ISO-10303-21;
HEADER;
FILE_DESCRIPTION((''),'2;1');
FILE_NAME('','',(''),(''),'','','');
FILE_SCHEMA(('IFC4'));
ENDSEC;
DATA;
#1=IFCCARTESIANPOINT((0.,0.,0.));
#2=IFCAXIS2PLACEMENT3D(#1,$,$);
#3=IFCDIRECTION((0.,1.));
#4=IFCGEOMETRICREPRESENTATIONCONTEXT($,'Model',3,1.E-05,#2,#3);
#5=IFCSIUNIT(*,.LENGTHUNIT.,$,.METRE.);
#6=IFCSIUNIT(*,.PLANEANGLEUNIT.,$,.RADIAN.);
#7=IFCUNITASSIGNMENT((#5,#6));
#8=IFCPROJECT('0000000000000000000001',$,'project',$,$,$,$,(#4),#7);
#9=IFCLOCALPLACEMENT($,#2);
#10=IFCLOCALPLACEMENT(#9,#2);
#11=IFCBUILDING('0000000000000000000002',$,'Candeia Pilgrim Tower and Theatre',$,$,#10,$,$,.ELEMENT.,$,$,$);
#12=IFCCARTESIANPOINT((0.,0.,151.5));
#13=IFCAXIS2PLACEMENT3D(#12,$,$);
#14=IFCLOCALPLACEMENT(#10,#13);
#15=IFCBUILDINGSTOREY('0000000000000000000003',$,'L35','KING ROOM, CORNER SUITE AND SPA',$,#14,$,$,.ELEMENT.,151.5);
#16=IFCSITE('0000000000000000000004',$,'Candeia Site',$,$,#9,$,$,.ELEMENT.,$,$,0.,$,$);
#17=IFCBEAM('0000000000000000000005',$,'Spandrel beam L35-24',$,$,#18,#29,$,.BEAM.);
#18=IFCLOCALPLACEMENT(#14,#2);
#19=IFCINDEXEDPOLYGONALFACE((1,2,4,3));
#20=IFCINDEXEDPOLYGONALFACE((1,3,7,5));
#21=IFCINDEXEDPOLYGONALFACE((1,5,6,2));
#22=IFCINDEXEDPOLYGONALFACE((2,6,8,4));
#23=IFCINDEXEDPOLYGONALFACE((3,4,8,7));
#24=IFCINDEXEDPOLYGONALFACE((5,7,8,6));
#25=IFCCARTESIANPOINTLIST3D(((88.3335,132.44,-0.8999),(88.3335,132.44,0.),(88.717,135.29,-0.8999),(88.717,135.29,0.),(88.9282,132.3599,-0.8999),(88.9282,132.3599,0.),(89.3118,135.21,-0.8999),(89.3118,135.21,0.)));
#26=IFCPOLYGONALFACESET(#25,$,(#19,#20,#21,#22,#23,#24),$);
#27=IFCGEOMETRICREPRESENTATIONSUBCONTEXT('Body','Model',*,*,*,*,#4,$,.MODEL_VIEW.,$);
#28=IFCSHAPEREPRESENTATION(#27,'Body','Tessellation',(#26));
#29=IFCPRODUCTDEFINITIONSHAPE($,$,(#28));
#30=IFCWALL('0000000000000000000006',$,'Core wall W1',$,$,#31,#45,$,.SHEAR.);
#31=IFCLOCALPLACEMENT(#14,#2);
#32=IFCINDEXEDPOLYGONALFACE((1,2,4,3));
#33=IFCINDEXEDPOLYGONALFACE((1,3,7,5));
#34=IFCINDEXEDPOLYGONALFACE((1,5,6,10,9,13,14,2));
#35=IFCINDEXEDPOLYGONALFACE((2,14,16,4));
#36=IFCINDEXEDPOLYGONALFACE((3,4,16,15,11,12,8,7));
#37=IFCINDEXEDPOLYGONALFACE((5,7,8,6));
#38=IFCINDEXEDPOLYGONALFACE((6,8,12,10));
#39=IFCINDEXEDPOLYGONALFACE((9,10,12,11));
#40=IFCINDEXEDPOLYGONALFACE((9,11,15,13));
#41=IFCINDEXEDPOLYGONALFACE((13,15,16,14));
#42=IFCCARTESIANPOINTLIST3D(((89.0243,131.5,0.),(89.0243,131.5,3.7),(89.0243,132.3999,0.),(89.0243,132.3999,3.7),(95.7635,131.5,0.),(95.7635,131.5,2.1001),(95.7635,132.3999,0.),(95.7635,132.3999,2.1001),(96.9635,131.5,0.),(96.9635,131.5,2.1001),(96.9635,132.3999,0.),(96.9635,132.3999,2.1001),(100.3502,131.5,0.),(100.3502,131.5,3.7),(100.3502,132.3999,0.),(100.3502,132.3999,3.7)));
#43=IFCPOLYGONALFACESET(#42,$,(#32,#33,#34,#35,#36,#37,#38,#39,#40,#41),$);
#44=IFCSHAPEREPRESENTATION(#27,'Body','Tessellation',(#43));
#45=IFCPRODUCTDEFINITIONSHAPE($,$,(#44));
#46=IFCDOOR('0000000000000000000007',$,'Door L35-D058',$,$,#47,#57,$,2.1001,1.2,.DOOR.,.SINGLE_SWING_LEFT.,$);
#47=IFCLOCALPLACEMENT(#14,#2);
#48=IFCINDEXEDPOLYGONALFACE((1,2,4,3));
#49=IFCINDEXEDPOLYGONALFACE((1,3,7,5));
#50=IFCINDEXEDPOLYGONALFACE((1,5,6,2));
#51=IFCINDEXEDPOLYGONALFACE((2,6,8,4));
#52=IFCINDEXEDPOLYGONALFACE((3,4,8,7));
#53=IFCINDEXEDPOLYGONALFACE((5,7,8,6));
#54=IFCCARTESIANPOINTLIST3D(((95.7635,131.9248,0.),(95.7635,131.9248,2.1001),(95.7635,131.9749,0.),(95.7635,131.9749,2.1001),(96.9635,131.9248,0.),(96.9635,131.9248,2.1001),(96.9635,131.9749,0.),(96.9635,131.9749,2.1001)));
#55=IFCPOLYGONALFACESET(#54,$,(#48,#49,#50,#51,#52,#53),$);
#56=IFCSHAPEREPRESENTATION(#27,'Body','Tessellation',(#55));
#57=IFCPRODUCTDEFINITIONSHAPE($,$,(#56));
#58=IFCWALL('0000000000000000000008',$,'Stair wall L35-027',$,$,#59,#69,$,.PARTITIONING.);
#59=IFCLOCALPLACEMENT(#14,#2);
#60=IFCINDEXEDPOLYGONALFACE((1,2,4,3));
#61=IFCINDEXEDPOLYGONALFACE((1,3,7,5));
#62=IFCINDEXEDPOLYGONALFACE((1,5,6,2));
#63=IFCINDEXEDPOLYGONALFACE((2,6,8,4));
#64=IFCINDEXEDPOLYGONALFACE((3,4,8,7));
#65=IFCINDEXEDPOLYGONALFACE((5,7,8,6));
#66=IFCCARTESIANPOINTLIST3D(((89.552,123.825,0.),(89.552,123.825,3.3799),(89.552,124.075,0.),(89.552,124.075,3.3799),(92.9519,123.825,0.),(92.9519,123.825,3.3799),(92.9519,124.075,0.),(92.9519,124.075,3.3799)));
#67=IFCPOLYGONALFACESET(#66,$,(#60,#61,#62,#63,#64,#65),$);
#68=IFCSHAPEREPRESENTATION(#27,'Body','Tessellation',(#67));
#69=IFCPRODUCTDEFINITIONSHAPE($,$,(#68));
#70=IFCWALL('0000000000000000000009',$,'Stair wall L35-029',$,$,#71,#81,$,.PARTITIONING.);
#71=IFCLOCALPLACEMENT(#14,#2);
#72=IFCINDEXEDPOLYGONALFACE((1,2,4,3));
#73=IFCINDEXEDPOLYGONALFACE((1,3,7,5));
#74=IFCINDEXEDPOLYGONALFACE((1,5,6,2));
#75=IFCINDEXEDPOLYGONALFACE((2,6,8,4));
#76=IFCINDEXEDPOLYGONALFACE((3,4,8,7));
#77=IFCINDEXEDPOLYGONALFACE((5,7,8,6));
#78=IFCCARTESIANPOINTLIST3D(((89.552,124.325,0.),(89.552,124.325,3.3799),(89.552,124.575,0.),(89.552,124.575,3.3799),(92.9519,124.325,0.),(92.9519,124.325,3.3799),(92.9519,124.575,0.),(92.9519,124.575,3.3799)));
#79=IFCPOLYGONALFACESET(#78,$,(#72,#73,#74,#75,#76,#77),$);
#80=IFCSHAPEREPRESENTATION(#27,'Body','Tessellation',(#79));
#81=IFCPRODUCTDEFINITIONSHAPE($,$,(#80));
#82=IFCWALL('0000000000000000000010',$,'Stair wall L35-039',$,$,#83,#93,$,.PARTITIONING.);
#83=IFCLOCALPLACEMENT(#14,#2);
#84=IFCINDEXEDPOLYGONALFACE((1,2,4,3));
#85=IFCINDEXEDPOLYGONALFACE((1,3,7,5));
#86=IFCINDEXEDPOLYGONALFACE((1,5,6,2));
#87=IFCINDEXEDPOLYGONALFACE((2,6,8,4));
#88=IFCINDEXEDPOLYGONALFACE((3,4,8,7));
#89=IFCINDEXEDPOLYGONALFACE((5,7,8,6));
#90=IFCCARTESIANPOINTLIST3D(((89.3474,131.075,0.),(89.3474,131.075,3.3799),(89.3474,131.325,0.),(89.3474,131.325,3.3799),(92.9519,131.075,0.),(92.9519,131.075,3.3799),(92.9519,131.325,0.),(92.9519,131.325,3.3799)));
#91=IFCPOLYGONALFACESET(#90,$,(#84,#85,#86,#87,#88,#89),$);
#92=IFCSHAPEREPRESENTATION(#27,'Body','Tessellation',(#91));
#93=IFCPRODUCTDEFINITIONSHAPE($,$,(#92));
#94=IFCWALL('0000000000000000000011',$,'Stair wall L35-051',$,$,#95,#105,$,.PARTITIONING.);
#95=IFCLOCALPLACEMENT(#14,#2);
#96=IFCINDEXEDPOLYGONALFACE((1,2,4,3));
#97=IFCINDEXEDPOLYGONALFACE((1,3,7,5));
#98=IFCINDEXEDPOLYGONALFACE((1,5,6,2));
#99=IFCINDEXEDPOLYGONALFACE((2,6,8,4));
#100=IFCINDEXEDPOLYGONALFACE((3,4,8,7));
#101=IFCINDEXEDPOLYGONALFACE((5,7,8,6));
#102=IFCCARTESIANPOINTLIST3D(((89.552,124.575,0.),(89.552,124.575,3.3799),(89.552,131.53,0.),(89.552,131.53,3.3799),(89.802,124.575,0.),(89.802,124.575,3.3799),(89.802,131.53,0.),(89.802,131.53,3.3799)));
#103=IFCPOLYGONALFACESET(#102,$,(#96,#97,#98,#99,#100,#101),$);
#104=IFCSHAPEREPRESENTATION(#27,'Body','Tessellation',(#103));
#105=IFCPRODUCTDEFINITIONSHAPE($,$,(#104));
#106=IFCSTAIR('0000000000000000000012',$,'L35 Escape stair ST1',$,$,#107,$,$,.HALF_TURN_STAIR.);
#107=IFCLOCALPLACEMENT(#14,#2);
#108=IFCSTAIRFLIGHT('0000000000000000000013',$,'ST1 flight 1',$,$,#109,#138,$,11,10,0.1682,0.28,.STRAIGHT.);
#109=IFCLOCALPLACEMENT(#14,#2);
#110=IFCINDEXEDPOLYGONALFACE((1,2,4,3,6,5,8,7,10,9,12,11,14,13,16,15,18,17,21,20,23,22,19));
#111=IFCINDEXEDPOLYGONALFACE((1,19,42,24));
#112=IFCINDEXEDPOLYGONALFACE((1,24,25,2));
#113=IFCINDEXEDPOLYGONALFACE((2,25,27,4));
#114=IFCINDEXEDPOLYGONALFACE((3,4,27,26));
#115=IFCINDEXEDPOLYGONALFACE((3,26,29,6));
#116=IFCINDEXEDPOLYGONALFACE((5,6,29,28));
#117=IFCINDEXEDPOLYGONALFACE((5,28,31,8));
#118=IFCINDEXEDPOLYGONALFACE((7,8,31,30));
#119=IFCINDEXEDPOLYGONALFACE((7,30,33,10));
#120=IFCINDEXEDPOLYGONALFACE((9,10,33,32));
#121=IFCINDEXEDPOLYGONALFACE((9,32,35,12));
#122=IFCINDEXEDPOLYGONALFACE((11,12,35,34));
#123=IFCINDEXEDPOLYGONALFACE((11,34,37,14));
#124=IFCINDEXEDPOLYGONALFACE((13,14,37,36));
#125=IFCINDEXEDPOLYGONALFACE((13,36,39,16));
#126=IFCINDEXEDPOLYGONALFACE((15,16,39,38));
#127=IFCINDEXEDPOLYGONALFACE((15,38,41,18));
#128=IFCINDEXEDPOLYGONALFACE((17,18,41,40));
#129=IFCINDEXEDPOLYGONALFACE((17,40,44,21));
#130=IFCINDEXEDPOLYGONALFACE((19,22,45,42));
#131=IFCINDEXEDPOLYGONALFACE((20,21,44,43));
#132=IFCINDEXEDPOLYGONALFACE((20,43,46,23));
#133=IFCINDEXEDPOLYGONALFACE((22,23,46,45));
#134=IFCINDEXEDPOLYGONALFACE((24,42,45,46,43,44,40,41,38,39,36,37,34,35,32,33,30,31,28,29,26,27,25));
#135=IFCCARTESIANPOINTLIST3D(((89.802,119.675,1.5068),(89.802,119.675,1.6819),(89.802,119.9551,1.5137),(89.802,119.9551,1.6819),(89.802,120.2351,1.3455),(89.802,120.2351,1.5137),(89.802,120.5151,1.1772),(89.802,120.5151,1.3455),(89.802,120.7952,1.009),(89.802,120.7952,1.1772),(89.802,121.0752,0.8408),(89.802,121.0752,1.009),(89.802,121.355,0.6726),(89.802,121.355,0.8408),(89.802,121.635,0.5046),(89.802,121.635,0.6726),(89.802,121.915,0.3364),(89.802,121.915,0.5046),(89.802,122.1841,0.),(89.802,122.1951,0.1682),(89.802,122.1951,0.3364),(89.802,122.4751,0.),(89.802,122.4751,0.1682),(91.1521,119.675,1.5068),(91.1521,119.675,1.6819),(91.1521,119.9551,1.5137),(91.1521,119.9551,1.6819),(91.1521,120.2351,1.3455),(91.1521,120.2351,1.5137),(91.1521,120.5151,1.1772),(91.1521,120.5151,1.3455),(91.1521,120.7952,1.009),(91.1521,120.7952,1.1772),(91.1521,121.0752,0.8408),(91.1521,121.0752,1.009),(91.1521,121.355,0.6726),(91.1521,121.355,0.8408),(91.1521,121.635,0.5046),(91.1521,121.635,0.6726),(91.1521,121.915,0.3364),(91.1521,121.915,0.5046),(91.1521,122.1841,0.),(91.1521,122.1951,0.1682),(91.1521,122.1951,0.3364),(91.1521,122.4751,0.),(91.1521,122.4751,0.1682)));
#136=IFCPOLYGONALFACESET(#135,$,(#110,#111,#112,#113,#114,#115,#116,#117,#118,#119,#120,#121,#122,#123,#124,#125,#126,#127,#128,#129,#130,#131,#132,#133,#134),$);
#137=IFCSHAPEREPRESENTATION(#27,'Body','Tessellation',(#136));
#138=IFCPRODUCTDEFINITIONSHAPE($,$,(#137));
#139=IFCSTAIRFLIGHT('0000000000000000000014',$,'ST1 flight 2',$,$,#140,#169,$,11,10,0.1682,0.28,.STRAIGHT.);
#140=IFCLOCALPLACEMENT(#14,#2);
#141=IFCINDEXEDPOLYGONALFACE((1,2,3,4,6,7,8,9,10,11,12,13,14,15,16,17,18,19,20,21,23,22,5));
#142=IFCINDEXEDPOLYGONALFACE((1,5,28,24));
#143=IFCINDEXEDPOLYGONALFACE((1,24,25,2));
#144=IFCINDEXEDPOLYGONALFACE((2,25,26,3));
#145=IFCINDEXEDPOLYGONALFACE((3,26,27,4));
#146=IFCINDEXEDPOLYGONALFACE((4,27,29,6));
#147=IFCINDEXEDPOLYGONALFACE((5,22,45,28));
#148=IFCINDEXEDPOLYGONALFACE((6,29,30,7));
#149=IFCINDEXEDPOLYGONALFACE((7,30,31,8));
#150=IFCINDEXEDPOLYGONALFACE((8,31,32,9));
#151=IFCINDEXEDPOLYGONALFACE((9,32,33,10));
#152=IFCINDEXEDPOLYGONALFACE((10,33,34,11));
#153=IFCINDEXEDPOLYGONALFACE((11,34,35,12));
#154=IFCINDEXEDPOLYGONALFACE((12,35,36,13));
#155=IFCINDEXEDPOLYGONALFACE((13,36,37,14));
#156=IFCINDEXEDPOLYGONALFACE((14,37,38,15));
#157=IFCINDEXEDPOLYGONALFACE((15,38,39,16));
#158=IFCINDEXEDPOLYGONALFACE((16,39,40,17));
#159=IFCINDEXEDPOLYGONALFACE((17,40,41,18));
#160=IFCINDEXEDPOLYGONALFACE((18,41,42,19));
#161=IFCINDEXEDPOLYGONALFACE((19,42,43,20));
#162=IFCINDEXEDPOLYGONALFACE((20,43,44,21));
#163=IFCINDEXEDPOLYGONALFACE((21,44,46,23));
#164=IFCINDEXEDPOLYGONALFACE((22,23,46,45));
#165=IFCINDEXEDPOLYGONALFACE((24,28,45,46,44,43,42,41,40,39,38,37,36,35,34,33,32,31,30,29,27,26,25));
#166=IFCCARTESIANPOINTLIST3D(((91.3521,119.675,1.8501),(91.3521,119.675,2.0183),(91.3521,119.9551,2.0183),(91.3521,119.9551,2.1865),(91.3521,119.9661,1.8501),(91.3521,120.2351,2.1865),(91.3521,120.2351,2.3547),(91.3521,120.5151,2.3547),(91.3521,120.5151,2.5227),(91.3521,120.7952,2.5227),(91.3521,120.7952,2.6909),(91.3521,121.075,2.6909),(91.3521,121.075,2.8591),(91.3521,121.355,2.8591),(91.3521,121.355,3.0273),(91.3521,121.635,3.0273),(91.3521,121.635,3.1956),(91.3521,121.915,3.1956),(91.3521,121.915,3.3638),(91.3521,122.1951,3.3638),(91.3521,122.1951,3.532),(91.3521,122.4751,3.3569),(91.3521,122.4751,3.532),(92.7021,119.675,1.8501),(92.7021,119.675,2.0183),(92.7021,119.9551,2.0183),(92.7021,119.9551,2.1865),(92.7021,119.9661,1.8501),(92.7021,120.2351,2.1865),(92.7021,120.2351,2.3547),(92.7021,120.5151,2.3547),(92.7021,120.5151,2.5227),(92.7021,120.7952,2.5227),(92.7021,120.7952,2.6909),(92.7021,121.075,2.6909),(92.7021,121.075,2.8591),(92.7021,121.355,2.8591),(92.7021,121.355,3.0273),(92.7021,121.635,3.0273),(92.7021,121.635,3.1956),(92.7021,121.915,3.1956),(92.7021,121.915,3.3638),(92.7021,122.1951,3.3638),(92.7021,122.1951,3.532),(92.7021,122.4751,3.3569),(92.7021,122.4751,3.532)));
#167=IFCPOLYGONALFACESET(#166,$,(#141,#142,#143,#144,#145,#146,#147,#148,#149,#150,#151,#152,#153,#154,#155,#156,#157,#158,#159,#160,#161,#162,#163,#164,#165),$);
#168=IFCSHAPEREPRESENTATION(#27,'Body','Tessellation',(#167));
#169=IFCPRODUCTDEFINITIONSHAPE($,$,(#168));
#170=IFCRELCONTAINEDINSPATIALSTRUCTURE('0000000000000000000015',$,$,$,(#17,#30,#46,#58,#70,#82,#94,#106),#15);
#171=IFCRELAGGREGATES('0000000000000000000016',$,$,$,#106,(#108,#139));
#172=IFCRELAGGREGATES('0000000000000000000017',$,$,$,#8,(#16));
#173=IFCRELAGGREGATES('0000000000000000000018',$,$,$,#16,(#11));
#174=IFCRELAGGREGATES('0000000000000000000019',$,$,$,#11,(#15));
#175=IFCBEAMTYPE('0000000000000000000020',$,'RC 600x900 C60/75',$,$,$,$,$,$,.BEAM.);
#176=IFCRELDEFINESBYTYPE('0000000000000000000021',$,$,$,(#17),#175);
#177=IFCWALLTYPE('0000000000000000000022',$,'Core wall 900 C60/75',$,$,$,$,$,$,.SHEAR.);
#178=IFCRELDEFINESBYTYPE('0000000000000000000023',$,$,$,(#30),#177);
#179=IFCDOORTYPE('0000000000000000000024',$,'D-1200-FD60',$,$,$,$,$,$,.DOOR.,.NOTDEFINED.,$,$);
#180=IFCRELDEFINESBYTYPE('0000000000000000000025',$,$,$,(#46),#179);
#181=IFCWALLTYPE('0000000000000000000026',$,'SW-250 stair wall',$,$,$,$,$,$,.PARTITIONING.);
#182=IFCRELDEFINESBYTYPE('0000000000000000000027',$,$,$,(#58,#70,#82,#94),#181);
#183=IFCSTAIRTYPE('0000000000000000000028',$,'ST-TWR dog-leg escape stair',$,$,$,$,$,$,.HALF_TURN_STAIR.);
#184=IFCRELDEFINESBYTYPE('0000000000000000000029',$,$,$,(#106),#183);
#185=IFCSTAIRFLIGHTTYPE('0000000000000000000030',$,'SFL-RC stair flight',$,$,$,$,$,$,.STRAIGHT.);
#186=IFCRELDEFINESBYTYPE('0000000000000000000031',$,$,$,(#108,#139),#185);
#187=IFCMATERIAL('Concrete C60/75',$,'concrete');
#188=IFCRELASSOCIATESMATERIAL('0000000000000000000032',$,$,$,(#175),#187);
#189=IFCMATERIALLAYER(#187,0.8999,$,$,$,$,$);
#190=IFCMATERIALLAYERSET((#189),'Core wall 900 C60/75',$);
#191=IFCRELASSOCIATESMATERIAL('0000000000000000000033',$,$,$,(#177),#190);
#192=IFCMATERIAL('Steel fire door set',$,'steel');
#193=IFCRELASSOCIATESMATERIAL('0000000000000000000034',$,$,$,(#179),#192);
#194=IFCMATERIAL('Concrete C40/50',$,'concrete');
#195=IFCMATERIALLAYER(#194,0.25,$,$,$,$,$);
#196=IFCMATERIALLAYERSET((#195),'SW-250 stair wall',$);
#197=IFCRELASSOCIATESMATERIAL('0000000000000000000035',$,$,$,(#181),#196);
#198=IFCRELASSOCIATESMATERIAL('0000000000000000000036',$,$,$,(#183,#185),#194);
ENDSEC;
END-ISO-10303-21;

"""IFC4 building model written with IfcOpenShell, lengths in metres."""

from ifc_helpers import new_model, si_unit, direction, frame, frame_2d, origin, origin_2d, place, context, subcontext, project, spatial, polyline, rectangle, outline, extrude, material, layer, layer_set, material_profile, profile_set, type_object, element, fill, aggregate, save


model = new_model("IFC4")

# Units and contexts
model_context = context("Model", 3, precision=1e-05, world=origin(), true_north=direction((0.0, 1.0)))
body_context = subcontext(model_context, "Body", "Model", "MODEL_VIEW")
ifc_project = project(units=[si_unit("LENGTHUNIT", "METRE"), si_unit("PLANEANGLEUNIT", "RADIAN")], contexts=[model_context])

# Site, building, storey
site_placement = place(None, origin())
site = spatial("IfcSite", under=ifc_project, at=site_placement, Name="Candeia Site", CompositionType="ELEMENT", RefElevation=0.0)
building_placement = place(site_placement, origin())
building = spatial("IfcBuilding", under=site, at=building_placement, Name="Candeia Pilgrim Tower and Theatre", CompositionType="ELEMENT")
storey_placement = place(building_placement, frame((0.0, 0.0, 151.5)))
storey = spatial("IfcBuildingStorey", under=building, at=storey_placement, Name="L35", Description="KING ROOM, CORNER SUITE AND SPA", CompositionType="ELEMENT", Elevation=151.5)

# Beam
ifc_material_1 = material(Name="Concrete C60/75", Category="concrete")
ifc_material_profile = material_profile(ifc_material_1, rectangle(XDim=0.6001, YDim=0.8999, at=origin_2d()))
ifc_profile_set = profile_set([ifc_material_profile], Name="Concrete C60/75")
beam_type = type_object("IfcBeamType", Name="RC 600x900 C60/75", PredefinedType="BEAM", material=ifc_profile_set)
beam_placement = place(storey_placement, frame((89.0144, 135.25, -0.45), z_axis=(-0.13337, -0.991066, 0.0), x_axis=(0.991066, -0.13337, 0.0)))
element("IfcBeam", 1, at=beam_placement, inside=storey, type_object=beam_type, Name="Spandrel beam L35-24", PredefinedType="BEAM", context=body_context, shape_type="SweptSolid", body=[
    extrude(rectangle(XDim=0.6001, YDim=0.8999, at=origin_2d()), origin(), (0.0, 0.0, 1.0), 2.8757),
])

# Wall, opening, door
ifc_layer_1 = layer(ifc_material_1, 0.8999)
ifc_layer_set_1 = layer_set([ifc_layer_1], Name="Core wall 900 C60/75")
wall_type_1 = type_object("IfcWallType", Name="Core wall 900 C60/75", PredefinedType="SHEAR", material=ifc_layer_set_1)
wall_1_placement = place(storey_placement, frame((89.0242, 131.95, 0.0), z_axis=(0.0, 0.0, 1.0), x_axis=(1.0, 0.0, 0.0)))
wall_1 = element("IfcWall", 2, at=wall_1_placement, inside=storey, type_object=wall_type_1, Name="Core wall W1", PredefinedType="SHEAR", context=body_context, shape_type="SweptSolid", body=[
    extrude(rectangle(XDim=11.3259, YDim=0.8999, at=frame_2d((5.6631, 0.0))), origin(), (0.0, 0.0, 1.0), 3.7),
])
opening_placement = place(wall_1_placement, frame((6.7393, 0.0, 0.0)))
opening = element("IfcOpeningElement", 3, at=opening_placement, cuts=wall_1, PredefinedType="OPENING", context=body_context, shape_type="SweptSolid", body=[
    extrude(rectangle(XDim=1.2, YDim=2.1001, at=frame_2d((0.6001, 1.05))), frame((0.0, 0.46, 0.0), z_axis=(0.0, -1.0, 0.0), x_axis=(1.0, 0.0, 0.0)), (0.0, 0.0, 1.0), 0.9199),
])
ifc_material_2 = material(Name="Steel fire door set", Category="steel")
door_type = type_object("IfcDoorType", Name="D-1200-FD60", OperationType="NOTDEFINED", PredefinedType="DOOR", material=ifc_material_2)
door_placement = place(opening_placement, origin())
door = element("IfcDoor", 4, at=door_placement, inside=storey, type_object=door_type, Name="Door L35-D058", OperationType="SINGLE_SWING_LEFT", OverallHeight=2.1001, OverallWidth=1.2, PredefinedType="DOOR", context=body_context, shape_type="SweptSolid", body=[
    extrude(rectangle(XDim=1.2, YDim=2.1001, at=frame_2d((0.6001, 1.05))), frame((0.0, 0.0249, 0.0), z_axis=(0.0, -1.0, 0.0), x_axis=(1.0, 0.0, 0.0)), (0.0, 0.0, 1.0), 0.05),
])
fill(opening, door)

# Walls
ifc_material_3 = material(Name="Concrete C40/50", Category="concrete")
ifc_layer_2 = layer(ifc_material_3, 0.25)
ifc_layer_set_2 = layer_set([ifc_layer_2], Name="SW-250 stair wall")
wall_type_2 = type_object("IfcWallType", Name="SW-250 stair wall", PredefinedType="PARTITIONING", material=ifc_layer_set_2)
for number, where, z_axis, x_axis, name in (
    (5, (89.552, 123.95, 0.0), (0.0, 0.0, 1.0), (1.0, 0.0, 0.0), "Stair wall L35-027"),
    (6, (89.552, 124.45, 0.0), (0.0, 0.0, 1.0), (1.0, 0.0, 0.0), "Stair wall L35-029"),
):
    element("IfcWall", number, at=place(storey_placement, frame(where, z_axis=z_axis, x_axis=x_axis)), inside=storey, type_object=wall_type_2, Name=name, PredefinedType="PARTITIONING", context=body_context, shape_type="SweptSolid", body=[
        extrude(rectangle(XDim=3.3999, YDim=0.25, at=frame_2d((1.7, 0.0))), origin(), (0.0, 0.0, 1.0), 3.3799),
    ])
wall_2_placement = place(storey_placement, frame((89.3474, 131.2, 0.0), z_axis=(0.0, 0.0, 1.0), x_axis=(1.0, 0.0, 0.0)))
element("IfcWall", 7, at=wall_2_placement, inside=storey, type_object=wall_type_2, Name="Stair wall L35-039", PredefinedType="PARTITIONING", context=body_context, shape_type="SweptSolid", body=[
    extrude(rectangle(XDim=3.6045, YDim=0.25, at=frame_2d((1.8022, 0.0))), origin(), (0.0, 0.0, 1.0), 3.3799),
])
wall_3_placement = place(storey_placement, frame((89.677, 124.575, 0.0), z_axis=(0.0, 0.0, 1.0), x_axis=(0.0, 1.0, 0.0)))
element("IfcWall", 8, at=wall_3_placement, inside=storey, type_object=wall_type_2, Name="Stair wall L35-051", PredefinedType="PARTITIONING", context=body_context, shape_type="SweptSolid", body=[
    extrude(rectangle(XDim=6.9551, YDim=0.25, at=frame_2d((3.4775, 0.0))), origin(), (0.0, 0.0, 1.0), 3.3799),
])

# Stair, stair flights
stair_type = type_object("IfcStairType", Name="ST-TWR dog-leg escape stair", PredefinedType="HALF_TURN_STAIR", material=ifc_material_3)
stair_1_placement = place(storey_placement, origin())
stair_1 = element("IfcStair", 9, at=stair_1_placement, inside=storey, type_object=stair_type, Name="L35 Escape stair ST1", PredefinedType="HALF_TURN_STAIR")
stair_flight_type = type_object("IfcStairFlightType", Name="SFL-RC stair flight", PredefinedType="STRAIGHT", material=ifc_material_3)
stair_flight_1_placement = place(storey_placement, frame((90.4771, 122.4751, 0.0), z_axis=(0.0, 0.0, 1.0), x_axis=(0.0, -1.0, 0.0)))
stair_flight_1 = element("IfcStairFlight", 10, at=stair_flight_1_placement, type_object=stair_flight_type, Name="ST1 flight 1", NumberOfRisers=11, NumberOfTreads=10, PredefinedType="STRAIGHT", RiserHeight=0.1682, TreadLength=0.28, context=body_context, shape_type="SweptSolid", body=[
    extrude(outline(polyline([(0.0, 0.0), (0.0, 0.1682), (0.28, 0.1682), (0.28, 0.3364), (0.5601, 0.3364), (0.5601, 0.5046), (0.8401, 0.5046), (0.8401, 0.6726), (1.1201, 0.6726), (1.1201, 0.8408), (1.3999, 0.8408), (1.3999, 1.009), (1.6799, 1.009), (1.6799, 1.1772), (1.96, 1.1772), (1.96, 1.3455), (2.24, 1.3455), (2.24, 1.5137), (2.52, 1.5137), (2.52, 1.6819), (2.8, 1.6819), (2.8, 1.8501), (2.8, 1.5068), (0.291, 0.0), (0.0, 0.0)])), frame((0.0, 0.675, 0.0), z_axis=(0.0, -1.0, 0.0), x_axis=(1.0, 0.0, 0.0)), (0.0, 0.0, 1.0), 1.3501),
])
stair_flight_2_placement = place(storey_placement, frame((92.0271, 119.675, 1.8501), z_axis=(0.0, 0.0, 1.0), x_axis=(0.0, 1.0, 0.0)))
stair_flight_2 = element("IfcStairFlight", 11, at=stair_flight_2_placement, type_object=stair_flight_type, Name="ST1 flight 2", NumberOfRisers=11, NumberOfTreads=10, PredefinedType="STRAIGHT", RiserHeight=0.1682, TreadLength=0.28, context=body_context, shape_type="SweptSolid", body=[
    extrude(outline(polyline([(0.0, 0.0), (0.0, 0.1682), (0.28, 0.1682), (0.28, 0.3364), (0.5601, 0.3364), (0.5601, 0.5046), (0.8401, 0.5046), (0.8401, 0.6726), (1.1201, 0.6726), (1.1201, 0.8408), (1.3999, 0.8408), (1.3999, 1.009), (1.6799, 1.009), (1.6799, 1.1772), (1.96, 1.1772), (1.96, 1.3455), (2.24, 1.3455), (2.24, 1.5137), (2.52, 1.5137), (2.52, 1.6819), (2.8, 1.6819), (2.8, 1.8501), (2.8, 1.5068), (0.291, 0.0), (0.0, 0.0)])), frame((0.0, 0.675, 0.0), z_axis=(0.0, -1.0, 0.0), x_axis=(1.0, 0.0, 0.0)), (0.0, 0.0, 1.0), 1.3501),
])
aggregate(stair_1, [stair_flight_1, stair_flight_2])

save(model, "model.ifc")
